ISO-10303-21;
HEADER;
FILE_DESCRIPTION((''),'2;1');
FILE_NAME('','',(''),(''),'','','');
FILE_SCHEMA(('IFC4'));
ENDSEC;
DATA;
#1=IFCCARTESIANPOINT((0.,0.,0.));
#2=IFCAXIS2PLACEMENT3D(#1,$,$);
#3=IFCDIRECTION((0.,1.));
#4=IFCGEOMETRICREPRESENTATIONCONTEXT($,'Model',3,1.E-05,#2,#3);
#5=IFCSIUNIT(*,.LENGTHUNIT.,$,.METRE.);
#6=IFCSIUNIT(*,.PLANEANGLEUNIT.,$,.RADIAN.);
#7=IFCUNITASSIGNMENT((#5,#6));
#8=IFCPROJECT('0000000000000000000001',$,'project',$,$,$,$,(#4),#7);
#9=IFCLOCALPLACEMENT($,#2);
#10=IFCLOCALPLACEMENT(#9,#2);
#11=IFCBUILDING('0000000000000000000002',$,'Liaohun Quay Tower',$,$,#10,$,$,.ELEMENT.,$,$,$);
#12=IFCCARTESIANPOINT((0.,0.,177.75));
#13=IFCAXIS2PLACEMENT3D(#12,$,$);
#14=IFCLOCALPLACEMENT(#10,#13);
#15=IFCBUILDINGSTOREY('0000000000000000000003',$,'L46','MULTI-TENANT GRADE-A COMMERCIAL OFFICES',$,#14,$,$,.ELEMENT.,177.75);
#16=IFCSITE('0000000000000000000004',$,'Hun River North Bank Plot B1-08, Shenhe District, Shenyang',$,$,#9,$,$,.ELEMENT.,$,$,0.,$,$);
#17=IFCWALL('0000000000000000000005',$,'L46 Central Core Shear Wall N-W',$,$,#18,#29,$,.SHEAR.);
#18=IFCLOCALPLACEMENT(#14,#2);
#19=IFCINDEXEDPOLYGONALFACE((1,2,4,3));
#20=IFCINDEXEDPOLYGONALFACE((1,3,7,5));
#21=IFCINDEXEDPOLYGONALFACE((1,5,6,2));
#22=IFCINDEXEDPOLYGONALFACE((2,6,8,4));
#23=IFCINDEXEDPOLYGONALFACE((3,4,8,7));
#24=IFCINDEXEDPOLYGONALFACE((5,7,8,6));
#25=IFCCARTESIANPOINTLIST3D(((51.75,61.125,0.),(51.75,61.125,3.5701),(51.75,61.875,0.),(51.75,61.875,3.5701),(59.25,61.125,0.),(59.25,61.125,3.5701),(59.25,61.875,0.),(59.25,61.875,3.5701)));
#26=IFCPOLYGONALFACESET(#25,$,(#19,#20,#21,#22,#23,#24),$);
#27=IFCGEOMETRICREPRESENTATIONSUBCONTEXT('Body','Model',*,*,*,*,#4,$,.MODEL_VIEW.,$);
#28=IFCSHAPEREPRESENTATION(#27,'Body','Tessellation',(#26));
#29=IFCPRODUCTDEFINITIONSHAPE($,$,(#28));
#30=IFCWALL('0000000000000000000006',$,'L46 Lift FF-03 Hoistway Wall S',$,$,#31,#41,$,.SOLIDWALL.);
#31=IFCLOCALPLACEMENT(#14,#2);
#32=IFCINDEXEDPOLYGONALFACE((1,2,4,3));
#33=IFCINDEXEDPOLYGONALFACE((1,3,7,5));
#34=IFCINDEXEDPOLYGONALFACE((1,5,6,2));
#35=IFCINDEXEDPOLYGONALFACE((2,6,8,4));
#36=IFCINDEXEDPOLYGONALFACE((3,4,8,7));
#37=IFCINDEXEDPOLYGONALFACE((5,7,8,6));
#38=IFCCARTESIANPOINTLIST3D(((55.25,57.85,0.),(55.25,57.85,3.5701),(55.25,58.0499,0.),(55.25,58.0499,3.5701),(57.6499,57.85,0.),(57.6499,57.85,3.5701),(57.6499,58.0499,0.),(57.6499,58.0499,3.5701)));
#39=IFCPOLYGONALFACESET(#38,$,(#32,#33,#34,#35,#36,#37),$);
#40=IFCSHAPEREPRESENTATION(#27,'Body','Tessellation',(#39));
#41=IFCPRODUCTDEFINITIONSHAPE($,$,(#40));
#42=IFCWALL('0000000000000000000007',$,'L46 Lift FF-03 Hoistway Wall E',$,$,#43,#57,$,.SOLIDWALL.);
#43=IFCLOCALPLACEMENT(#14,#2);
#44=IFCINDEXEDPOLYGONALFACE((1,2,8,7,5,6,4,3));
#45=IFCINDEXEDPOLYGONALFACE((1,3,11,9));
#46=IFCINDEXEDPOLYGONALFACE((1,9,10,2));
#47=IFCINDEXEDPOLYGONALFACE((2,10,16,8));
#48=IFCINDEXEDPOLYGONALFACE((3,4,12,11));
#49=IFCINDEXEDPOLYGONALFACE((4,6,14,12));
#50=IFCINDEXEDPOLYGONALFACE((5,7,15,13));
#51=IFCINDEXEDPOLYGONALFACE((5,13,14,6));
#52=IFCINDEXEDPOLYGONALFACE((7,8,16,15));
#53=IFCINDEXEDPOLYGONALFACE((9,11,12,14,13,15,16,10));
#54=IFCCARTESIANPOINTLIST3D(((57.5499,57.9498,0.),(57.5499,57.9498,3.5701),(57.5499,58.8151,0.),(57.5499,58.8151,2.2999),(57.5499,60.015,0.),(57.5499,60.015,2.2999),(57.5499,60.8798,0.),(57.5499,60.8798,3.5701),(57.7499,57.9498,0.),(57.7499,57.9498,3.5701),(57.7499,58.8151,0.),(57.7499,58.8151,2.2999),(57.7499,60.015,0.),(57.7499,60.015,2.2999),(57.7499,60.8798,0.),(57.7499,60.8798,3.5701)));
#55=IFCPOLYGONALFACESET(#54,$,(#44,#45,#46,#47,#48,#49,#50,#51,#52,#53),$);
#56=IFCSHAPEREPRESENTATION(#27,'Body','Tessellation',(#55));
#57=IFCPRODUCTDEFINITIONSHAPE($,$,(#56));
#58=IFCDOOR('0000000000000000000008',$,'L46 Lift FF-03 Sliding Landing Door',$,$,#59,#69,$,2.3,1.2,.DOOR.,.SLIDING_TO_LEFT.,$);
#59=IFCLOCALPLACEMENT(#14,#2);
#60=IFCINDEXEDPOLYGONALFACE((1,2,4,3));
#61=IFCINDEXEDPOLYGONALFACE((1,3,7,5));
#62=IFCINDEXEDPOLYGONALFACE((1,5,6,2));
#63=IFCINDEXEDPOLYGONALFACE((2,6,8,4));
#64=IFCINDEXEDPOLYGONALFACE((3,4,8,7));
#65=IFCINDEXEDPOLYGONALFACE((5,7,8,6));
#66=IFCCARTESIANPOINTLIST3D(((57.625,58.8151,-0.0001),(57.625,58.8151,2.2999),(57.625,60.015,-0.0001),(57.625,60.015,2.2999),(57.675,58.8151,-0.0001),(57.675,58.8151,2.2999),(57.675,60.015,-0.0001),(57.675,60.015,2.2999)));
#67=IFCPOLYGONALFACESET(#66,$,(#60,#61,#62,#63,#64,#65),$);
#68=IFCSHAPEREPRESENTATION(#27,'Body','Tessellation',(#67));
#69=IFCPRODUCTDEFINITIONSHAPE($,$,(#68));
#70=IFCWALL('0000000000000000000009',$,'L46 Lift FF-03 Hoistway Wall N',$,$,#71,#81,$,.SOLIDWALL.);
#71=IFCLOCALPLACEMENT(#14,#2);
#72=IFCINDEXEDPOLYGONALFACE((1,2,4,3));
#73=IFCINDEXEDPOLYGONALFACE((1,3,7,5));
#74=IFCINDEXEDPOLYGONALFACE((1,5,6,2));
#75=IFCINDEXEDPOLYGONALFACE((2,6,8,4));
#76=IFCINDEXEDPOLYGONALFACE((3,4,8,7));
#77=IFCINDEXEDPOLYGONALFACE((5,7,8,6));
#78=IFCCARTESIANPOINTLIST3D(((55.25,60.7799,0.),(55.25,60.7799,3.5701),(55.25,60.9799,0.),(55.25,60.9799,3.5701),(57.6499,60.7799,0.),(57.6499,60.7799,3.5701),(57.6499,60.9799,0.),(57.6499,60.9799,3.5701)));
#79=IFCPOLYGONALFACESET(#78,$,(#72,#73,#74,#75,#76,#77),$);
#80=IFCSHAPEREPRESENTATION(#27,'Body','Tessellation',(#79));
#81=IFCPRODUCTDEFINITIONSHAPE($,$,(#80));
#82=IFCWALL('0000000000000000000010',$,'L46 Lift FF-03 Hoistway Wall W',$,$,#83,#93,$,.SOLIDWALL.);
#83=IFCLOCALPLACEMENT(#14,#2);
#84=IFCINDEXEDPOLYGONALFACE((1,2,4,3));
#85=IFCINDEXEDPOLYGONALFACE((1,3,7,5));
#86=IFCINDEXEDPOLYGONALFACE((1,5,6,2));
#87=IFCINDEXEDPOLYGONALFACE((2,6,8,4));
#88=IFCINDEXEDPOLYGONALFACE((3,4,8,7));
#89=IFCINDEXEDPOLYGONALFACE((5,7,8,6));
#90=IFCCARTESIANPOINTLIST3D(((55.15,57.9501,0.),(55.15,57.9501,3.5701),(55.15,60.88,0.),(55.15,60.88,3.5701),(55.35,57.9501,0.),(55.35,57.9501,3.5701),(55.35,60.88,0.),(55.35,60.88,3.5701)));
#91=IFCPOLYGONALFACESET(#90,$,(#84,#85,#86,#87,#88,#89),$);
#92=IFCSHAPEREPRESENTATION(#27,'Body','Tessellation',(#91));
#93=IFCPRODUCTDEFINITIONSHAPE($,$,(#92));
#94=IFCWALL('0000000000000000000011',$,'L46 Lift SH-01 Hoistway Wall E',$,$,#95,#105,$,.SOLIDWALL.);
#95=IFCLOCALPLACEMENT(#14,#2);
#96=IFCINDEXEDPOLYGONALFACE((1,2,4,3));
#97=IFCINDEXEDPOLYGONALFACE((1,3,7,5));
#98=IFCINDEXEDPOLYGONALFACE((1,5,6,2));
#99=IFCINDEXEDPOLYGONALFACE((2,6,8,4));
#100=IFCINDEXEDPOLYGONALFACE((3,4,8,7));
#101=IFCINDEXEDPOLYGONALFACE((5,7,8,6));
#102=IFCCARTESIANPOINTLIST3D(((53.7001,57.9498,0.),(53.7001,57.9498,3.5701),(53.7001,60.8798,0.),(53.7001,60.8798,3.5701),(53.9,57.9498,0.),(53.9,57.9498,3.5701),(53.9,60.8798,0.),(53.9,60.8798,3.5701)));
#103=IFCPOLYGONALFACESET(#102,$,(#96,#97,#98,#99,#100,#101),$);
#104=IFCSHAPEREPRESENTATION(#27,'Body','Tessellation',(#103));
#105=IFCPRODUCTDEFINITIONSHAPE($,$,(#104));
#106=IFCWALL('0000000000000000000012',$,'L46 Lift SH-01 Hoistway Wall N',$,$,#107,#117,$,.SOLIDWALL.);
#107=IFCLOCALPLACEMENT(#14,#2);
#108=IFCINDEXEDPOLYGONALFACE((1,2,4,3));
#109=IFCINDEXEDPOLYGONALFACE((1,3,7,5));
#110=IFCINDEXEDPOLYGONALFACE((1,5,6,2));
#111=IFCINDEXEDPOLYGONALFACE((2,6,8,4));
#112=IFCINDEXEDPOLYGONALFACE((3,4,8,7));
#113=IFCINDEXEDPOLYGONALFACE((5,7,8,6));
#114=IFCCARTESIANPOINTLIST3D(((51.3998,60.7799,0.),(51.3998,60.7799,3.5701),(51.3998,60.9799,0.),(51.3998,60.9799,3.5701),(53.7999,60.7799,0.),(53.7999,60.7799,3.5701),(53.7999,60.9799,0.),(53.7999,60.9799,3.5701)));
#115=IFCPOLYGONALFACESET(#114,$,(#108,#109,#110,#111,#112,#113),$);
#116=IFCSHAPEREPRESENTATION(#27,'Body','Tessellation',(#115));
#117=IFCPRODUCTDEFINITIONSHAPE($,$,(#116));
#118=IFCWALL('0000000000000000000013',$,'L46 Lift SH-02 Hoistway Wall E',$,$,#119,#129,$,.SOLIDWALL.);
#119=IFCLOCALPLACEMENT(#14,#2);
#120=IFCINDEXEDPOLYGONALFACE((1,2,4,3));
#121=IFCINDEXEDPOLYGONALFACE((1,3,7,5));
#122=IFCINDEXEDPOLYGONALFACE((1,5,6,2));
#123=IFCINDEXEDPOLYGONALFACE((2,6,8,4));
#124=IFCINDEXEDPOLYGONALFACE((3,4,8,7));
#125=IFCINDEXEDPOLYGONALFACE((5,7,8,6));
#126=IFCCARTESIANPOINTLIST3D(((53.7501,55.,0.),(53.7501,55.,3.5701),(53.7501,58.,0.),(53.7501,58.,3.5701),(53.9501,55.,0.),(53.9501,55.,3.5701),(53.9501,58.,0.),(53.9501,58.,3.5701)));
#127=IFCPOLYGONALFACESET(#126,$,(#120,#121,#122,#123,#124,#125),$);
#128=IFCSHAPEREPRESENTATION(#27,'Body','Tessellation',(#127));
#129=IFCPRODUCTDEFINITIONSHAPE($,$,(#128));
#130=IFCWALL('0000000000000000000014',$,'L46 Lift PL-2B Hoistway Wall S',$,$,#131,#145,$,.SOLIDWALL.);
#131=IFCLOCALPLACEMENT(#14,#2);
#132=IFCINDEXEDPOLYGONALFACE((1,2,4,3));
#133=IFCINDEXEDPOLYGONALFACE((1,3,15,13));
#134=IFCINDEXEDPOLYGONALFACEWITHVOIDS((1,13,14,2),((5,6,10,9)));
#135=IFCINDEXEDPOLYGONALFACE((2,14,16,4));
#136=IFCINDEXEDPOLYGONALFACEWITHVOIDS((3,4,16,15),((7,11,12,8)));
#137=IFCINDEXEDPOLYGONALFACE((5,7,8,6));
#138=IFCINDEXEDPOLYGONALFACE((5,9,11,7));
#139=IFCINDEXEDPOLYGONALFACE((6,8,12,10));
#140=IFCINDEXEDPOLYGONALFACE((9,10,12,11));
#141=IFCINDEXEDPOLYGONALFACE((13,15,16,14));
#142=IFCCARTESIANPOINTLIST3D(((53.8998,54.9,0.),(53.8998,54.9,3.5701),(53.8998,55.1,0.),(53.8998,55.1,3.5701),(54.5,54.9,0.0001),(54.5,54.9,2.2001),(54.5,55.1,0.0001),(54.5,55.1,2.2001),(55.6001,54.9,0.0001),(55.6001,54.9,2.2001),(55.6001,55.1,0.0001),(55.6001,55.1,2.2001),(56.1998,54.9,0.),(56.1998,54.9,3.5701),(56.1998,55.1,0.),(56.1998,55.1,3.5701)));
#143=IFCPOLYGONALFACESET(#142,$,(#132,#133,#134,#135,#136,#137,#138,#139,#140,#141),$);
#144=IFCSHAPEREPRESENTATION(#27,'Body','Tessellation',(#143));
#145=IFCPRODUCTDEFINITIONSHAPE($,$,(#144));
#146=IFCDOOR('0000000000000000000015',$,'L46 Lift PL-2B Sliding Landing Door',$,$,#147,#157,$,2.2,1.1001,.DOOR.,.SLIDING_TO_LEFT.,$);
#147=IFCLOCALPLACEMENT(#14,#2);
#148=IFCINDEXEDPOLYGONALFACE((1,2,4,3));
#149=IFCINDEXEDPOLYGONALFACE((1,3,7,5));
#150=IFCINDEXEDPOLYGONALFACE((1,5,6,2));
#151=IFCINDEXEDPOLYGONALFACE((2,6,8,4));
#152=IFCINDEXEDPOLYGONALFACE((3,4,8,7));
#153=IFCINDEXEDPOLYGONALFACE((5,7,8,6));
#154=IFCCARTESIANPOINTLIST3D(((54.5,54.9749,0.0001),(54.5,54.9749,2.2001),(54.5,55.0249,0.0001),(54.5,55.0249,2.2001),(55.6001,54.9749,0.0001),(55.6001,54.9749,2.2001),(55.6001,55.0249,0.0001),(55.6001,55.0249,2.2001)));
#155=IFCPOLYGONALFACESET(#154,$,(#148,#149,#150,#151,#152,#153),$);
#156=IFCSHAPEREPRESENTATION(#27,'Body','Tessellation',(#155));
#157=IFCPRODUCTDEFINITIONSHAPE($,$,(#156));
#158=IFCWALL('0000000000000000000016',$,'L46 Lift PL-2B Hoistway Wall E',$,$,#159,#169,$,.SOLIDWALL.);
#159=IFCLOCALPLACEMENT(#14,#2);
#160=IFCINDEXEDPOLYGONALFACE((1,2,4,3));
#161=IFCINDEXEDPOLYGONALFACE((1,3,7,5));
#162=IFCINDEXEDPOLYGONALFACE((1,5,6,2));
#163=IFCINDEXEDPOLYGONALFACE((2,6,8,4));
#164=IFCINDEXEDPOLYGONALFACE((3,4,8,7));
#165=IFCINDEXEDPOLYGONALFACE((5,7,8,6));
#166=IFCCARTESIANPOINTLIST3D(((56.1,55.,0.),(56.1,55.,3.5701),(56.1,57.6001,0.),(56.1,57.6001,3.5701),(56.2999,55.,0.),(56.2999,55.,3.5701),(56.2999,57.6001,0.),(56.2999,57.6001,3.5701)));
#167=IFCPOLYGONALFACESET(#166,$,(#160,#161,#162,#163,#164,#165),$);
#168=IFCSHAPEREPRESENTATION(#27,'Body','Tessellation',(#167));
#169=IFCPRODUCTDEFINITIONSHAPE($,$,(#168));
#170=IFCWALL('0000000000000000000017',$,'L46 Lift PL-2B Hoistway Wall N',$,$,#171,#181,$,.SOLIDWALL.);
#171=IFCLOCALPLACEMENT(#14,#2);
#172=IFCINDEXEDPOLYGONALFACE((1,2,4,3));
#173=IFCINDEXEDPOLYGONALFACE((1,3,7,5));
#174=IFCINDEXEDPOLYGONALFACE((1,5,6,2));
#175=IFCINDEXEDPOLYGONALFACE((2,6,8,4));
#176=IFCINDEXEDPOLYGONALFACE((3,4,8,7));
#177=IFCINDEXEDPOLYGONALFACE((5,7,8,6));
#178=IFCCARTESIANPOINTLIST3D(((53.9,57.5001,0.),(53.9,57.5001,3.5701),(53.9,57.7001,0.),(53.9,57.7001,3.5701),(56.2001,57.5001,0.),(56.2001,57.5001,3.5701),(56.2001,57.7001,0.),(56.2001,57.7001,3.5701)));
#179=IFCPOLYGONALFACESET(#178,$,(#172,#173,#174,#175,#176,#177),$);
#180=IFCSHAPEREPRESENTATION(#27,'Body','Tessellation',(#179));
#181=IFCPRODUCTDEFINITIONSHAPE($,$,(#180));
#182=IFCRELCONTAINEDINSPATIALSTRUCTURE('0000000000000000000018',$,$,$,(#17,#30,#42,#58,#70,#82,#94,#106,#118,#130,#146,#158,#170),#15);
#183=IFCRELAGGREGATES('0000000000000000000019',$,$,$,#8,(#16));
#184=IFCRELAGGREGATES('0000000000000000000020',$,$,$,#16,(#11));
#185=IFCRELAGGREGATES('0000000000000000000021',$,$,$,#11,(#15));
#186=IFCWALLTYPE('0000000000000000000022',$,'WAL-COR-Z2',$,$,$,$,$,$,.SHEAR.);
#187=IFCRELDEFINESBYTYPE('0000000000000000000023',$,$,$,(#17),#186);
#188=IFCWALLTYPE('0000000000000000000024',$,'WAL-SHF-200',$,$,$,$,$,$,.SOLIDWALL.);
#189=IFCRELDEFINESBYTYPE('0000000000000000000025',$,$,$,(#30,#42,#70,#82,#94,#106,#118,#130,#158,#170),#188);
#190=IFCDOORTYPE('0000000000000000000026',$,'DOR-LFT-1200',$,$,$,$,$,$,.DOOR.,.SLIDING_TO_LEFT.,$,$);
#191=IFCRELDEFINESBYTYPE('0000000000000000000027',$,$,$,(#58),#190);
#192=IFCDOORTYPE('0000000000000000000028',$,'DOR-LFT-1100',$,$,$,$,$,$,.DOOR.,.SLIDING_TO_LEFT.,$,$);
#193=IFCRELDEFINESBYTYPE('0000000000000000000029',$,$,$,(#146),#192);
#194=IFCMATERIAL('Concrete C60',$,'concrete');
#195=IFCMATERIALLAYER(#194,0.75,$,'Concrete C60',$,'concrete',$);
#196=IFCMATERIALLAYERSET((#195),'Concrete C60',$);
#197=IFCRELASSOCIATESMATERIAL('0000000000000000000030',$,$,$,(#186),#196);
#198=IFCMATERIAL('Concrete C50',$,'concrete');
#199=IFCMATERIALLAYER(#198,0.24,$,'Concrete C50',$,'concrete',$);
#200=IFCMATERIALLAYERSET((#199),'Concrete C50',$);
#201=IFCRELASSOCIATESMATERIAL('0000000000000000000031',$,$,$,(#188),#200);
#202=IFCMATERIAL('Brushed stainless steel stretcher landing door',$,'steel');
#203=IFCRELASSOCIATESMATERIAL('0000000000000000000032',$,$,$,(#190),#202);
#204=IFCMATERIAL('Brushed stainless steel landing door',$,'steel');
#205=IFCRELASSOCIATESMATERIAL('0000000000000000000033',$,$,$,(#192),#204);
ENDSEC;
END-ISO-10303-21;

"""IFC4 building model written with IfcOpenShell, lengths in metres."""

from ifc_helpers import new_model, si_unit, direction, frame, frame_2d, origin, place, context, subcontext, project, spatial, rectangle, extrude, source, transform, mapped, material, layer, layer_set, type_object, element, fill, save


model = new_model("IFC4")

# Units and contexts
model_context = context("Model", 3, precision=1e-05, world=origin(), true_north=direction((0.0, 1.0)))
body_context = subcontext(model_context, "Body", "Model", "MODEL_VIEW")
ifc_project = project(units=[si_unit("LENGTHUNIT", "METRE"), si_unit("PLANEANGLEUNIT", "RADIAN")], contexts=[model_context])

# Site, building, storey
site_placement = place(None, origin())
site = spatial("IfcSite", under=ifc_project, at=site_placement, Name="Hun River North Bank Plot B1-08, Shenhe District, Shenyang", CompositionType="ELEMENT", RefElevation=0.0)
building_placement = place(site_placement, origin())
building = spatial("IfcBuilding", under=site, at=building_placement, Name="Liaohun Quay Tower", CompositionType="ELEMENT")
storey_placement = place(building_placement, frame((0.0, 0.0, 177.75)))
storey = spatial("IfcBuildingStorey", under=building, at=storey_placement, Name="L46", Description="MULTI-TENANT GRADE-A COMMERCIAL OFFICES", CompositionType="ELEMENT", Elevation=177.75)

# Walls
ifc_material_1 = material(Name="Concrete C60", Category="concrete")
ifc_layer_1 = layer(ifc_material_1, 0.75, Name="Concrete C60", Category="concrete")
ifc_layer_set_1 = layer_set([ifc_layer_1], Name="Concrete C60")
wall_type_1 = type_object("IfcWallType", Name="WAL-COR-Z2", PredefinedType="SHEAR", material=ifc_layer_set_1)
wall_1_placement = place(storey_placement, frame((51.75, 61.5, 0.0), z_axis=(0.0, 0.0, 1.0), x_axis=(1.0, 0.0, 0.0)))
element("IfcWall", 1, at=wall_1_placement, inside=storey, type_object=wall_type_1, Name="L46 Central Core Shear Wall N-W", PredefinedType="SHEAR", context=body_context, shape_type="SweptSolid", body=[
    extrude(rectangle(XDim=7.5, YDim=0.75, at=frame_2d((3.75, 0.0))), origin(), (0.0, 0.0, 1.0), 3.5701),
])
ifc_material_2 = material(Name="Concrete C50", Category="concrete")
ifc_layer_2 = layer(ifc_material_2, 0.24, Name="Concrete C50", Category="concrete")
ifc_layer_set_2 = layer_set([ifc_layer_2], Name="Concrete C50")
wall_type_2 = type_object("IfcWallType", Name="WAL-SHF-200", PredefinedType="SOLIDWALL", material=ifc_layer_set_2)
wall_2_placement = place(storey_placement, frame((55.25, 57.95, 0.0), z_axis=(0.0, 0.0, 1.0), x_axis=(1.0, 0.0, 0.0)))
element("IfcWall", 2, at=wall_2_placement, inside=storey, type_object=wall_type_2, Name="L46 Lift FF-03 Hoistway Wall S", PredefinedType="SOLIDWALL", context=body_context, shape_type="SweptSolid", body=[
    extrude(rectangle(XDim=2.3999, YDim=0.2, at=frame_2d((1.2, 0.0))), origin(), (0.0, 0.0, 1.0), 3.5701),
])

# Wall, opening, door
wall_3_placement = place(storey_placement, frame((57.6499, 57.95, 0.0), z_axis=(0.0, 0.0, 1.0), x_axis=(0.0, 1.0, 0.0)))
wall_3 = element("IfcWall", 3, at=wall_3_placement, inside=storey, type_object=wall_type_2, Name="L46 Lift FF-03 Hoistway Wall E", PredefinedType="SOLIDWALL", context=body_context, shape_type="SweptSolid", body=[
    extrude(rectangle(XDim=2.9299, YDim=0.2, at=frame_2d((1.4648, 0.0))), origin(), (0.0, 0.0, 1.0), 3.5701),
])
shared_shape_1 = source(origin(), body_context, "Body", "SweptSolid", [
    extrude(rectangle(XDim=1.2, YDim=2.3, at=frame_2d((0.6001, 1.1499))), frame((0.0, 0.1099, 0.0), z_axis=(0.0, -1.0, 0.0), x_axis=(1.0, 0.0, 0.0)), (0.0, 0.0, 1.0), 0.22),
])
opening_1_placement = place(wall_3_placement, frame((0.865, 0.0, 0.0)))
opening_1 = element("IfcOpeningElement", 4, at=opening_1_placement, cuts=wall_3, PredefinedType="OPENING", context=body_context, shape_type="MappedRepresentation", body=[
    mapped(shared_shape_1, transform((0.0, 0.0, 0.0), x_axis=(1.0, 0.0, 0.0), y_axis=(0.0, 1.0, 0.0), z_axis=(0.0, 0.0, 1.0), scale=1.0)),
])
ifc_material_3 = material(Name="Brushed stainless steel stretcher landing door", Category="steel")
door_type_1 = type_object("IfcDoorType", Name="DOR-LFT-1200", OperationType="SLIDING_TO_LEFT", PredefinedType="DOOR", material=ifc_material_3)
shared_shape_2 = source(origin(), body_context, "Body", "SweptSolid", [
    extrude(rectangle(XDim=1.2, YDim=2.3, at=frame_2d((0.6001, 1.1499))), frame((0.0, 0.0249, 0.0), z_axis=(0.0, -1.0, 0.0), x_axis=(1.0, 0.0, 0.0)), (0.0, 0.0, 1.0), 0.05),
])
door_1_placement = place(opening_1_placement, origin())
door_1 = element("IfcDoor", 5, at=door_1_placement, inside=storey, type_object=door_type_1, Name="L46 Lift FF-03 Sliding Landing Door", OperationType="SLIDING_TO_LEFT", OverallHeight=2.3, OverallWidth=1.2, PredefinedType="DOOR", context=body_context, shape_type="MappedRepresentation", body=[
    mapped(shared_shape_2, transform((0.0, 0.0, 0.0), x_axis=(1.0, 0.0, 0.0), y_axis=(0.0, 1.0, 0.0), z_axis=(0.0, 0.0, 1.0), scale=1.0)),
])
fill(opening_1, door_1)

# Walls
wall_4_placement = place(storey_placement, frame((57.6499, 60.8799, 0.0), z_axis=(0.0, 0.0, 1.0), x_axis=(-1.0, 0.0, 0.0)))
element("IfcWall", 6, at=wall_4_placement, inside=storey, type_object=wall_type_2, Name="L46 Lift FF-03 Hoistway Wall N", PredefinedType="SOLIDWALL", context=body_context, shape_type="SweptSolid", body=[
    extrude(rectangle(XDim=2.3999, YDim=0.2, at=frame_2d((1.2, 0.0))), origin(), (0.0, 0.0, 1.0), 3.5701),
])
for number, where, z_axis, x_axis, name in (
    (7, (55.25, 60.8799, 0.0), (0.0, 0.0, 1.0), (0.0, -1.0, 0.0), "L46 Lift FF-03 Hoistway Wall W"),
    (8, (53.8, 57.95, 0.0), (0.0, 0.0, 1.0), (0.0, 1.0, 0.0), "L46 Lift SH-01 Hoistway Wall E"),
):
    element("IfcWall", number, at=place(storey_placement, frame(where, z_axis=z_axis, x_axis=x_axis)), inside=storey, type_object=wall_type_2, Name=name, PredefinedType="SOLIDWALL", context=body_context, shape_type="SweptSolid", body=[
        extrude(rectangle(XDim=2.9299, YDim=0.2, at=frame_2d((1.4648, 0.0))), origin(), (0.0, 0.0, 1.0), 3.5701),
    ])
wall_5_placement = place(storey_placement, frame((53.8, 60.8799, 0.0), z_axis=(0.0, 0.0, 1.0), x_axis=(-1.0, 0.0, 0.0)))
element("IfcWall", 9, at=wall_5_placement, inside=storey, type_object=wall_type_2, Name="L46 Lift SH-01 Hoistway Wall N", PredefinedType="SOLIDWALL", context=body_context, shape_type="SweptSolid", body=[
    extrude(rectangle(XDim=2.4001, YDim=0.2, at=frame_2d((1.2002, 0.0))), origin(), (0.0, 0.0, 1.0), 3.5701),
])
wall_6_placement = place(storey_placement, frame((53.8501, 55.0, 0.0), z_axis=(0.0, 0.0, 1.0), x_axis=(0.0, 1.0, 0.0)))
element("IfcWall", 10, at=wall_6_placement, inside=storey, type_object=wall_type_2, Name="L46 Lift SH-02 Hoistway Wall E", PredefinedType="SOLIDWALL", context=body_context, shape_type="SweptSolid", body=[
    extrude(rectangle(XDim=3.0, YDim=0.2, at=frame_2d((1.5, 0.0))), origin(), (0.0, 0.0, 1.0), 3.5701),
])

# Wall, opening, door
wall_7_placement = place(storey_placement, frame((53.8999, 55.0, 0.0), z_axis=(0.0, 0.0, 1.0), x_axis=(1.0, 0.0, 0.0)))
wall_7 = element("IfcWall", 11, at=wall_7_placement, inside=storey, type_object=wall_type_2, Name="L46 Lift PL-2B Hoistway Wall S", PredefinedType="SOLIDWALL", context=body_context, shape_type="SweptSolid", body=[
    extrude(rectangle(XDim=2.3, YDim=0.2, at=frame_2d((1.1499, 0.0))), origin(), (0.0, 0.0, 1.0), 3.5701),
])
shared_shape_3 = source(origin(), body_context, "Body", "SweptSolid", [
    extrude(rectangle(XDim=1.1001, YDim=2.2, at=frame_2d((0.55, 1.1001))), frame((0.0, 0.1099, 0.0), z_axis=(0.0, -1.0, 0.0), x_axis=(1.0, 0.0, 0.0)), (0.0, 0.0, 1.0), 0.22),
])
opening_2_placement = place(wall_7_placement, frame((0.6001, 0.0, 0.0)))
opening_2 = element("IfcOpeningElement", 12, at=opening_2_placement, cuts=wall_7, PredefinedType="OPENING", context=body_context, shape_type="MappedRepresentation", body=[
    mapped(shared_shape_3, transform((0.0, 0.0, 0.0), x_axis=(1.0, 0.0, 0.0), y_axis=(0.0, 1.0, 0.0), z_axis=(0.0, 0.0, 1.0), scale=1.0)),
])
ifc_material_4 = material(Name="Brushed stainless steel landing door", Category="steel")
door_type_2 = type_object("IfcDoorType", Name="DOR-LFT-1100", OperationType="SLIDING_TO_LEFT", PredefinedType="DOOR", material=ifc_material_4)
shared_shape_4 = source(origin(), body_context, "Body", "SweptSolid", [
    extrude(rectangle(XDim=1.1001, YDim=2.2, at=frame_2d((0.55, 1.1001))), frame((0.0, 0.0249, 0.0), z_axis=(0.0, -1.0, 0.0), x_axis=(1.0, 0.0, 0.0)), (0.0, 0.0, 1.0), 0.05),
])
door_2_placement = place(opening_2_placement, origin())
door_2 = element("IfcDoor", 13, at=door_2_placement, inside=storey, type_object=door_type_2, Name="L46 Lift PL-2B Sliding Landing Door", OperationType="SLIDING_TO_LEFT", OverallHeight=2.2, OverallWidth=1.1001, PredefinedType="DOOR", context=body_context, shape_type="MappedRepresentation", body=[
    mapped(shared_shape_4, transform((0.0, 0.0, 0.0), x_axis=(1.0, 0.0, 0.0), y_axis=(0.0, 1.0, 0.0), z_axis=(0.0, 0.0, 1.0), scale=1.0)),
])
fill(opening_2, door_2)

# Walls
wall_8_placement = place(storey_placement, frame((56.2, 55.0, 0.0), z_axis=(0.0, 0.0, 1.0), x_axis=(0.0, 1.0, 0.0)))
element("IfcWall", 14, at=wall_8_placement, inside=storey, type_object=wall_type_2, Name="L46 Lift PL-2B Hoistway Wall E", PredefinedType="SOLIDWALL", context=body_context, shape_type="SweptSolid", body=[
    extrude(rectangle(XDim=2.6001, YDim=0.2, at=frame_2d((1.3, 0.0))), origin(), (0.0, 0.0, 1.0), 3.5701),
])
wall_9_placement = place(storey_placement, frame((56.2, 57.6001, 0.0), z_axis=(0.0, 0.0, 1.0), x_axis=(-1.0, 0.0, 0.0)))
element("IfcWall", 15, at=wall_9_placement, inside=storey, type_object=wall_type_2, Name="L46 Lift PL-2B Hoistway Wall N", PredefinedType="SOLIDWALL", context=body_context, shape_type="SweptSolid", body=[
    extrude(rectangle(XDim=2.3, YDim=0.2, at=frame_2d((1.1499, 0.0))), origin(), (0.0, 0.0, 1.0), 3.5701),
])

save(model, "model.ifc")
